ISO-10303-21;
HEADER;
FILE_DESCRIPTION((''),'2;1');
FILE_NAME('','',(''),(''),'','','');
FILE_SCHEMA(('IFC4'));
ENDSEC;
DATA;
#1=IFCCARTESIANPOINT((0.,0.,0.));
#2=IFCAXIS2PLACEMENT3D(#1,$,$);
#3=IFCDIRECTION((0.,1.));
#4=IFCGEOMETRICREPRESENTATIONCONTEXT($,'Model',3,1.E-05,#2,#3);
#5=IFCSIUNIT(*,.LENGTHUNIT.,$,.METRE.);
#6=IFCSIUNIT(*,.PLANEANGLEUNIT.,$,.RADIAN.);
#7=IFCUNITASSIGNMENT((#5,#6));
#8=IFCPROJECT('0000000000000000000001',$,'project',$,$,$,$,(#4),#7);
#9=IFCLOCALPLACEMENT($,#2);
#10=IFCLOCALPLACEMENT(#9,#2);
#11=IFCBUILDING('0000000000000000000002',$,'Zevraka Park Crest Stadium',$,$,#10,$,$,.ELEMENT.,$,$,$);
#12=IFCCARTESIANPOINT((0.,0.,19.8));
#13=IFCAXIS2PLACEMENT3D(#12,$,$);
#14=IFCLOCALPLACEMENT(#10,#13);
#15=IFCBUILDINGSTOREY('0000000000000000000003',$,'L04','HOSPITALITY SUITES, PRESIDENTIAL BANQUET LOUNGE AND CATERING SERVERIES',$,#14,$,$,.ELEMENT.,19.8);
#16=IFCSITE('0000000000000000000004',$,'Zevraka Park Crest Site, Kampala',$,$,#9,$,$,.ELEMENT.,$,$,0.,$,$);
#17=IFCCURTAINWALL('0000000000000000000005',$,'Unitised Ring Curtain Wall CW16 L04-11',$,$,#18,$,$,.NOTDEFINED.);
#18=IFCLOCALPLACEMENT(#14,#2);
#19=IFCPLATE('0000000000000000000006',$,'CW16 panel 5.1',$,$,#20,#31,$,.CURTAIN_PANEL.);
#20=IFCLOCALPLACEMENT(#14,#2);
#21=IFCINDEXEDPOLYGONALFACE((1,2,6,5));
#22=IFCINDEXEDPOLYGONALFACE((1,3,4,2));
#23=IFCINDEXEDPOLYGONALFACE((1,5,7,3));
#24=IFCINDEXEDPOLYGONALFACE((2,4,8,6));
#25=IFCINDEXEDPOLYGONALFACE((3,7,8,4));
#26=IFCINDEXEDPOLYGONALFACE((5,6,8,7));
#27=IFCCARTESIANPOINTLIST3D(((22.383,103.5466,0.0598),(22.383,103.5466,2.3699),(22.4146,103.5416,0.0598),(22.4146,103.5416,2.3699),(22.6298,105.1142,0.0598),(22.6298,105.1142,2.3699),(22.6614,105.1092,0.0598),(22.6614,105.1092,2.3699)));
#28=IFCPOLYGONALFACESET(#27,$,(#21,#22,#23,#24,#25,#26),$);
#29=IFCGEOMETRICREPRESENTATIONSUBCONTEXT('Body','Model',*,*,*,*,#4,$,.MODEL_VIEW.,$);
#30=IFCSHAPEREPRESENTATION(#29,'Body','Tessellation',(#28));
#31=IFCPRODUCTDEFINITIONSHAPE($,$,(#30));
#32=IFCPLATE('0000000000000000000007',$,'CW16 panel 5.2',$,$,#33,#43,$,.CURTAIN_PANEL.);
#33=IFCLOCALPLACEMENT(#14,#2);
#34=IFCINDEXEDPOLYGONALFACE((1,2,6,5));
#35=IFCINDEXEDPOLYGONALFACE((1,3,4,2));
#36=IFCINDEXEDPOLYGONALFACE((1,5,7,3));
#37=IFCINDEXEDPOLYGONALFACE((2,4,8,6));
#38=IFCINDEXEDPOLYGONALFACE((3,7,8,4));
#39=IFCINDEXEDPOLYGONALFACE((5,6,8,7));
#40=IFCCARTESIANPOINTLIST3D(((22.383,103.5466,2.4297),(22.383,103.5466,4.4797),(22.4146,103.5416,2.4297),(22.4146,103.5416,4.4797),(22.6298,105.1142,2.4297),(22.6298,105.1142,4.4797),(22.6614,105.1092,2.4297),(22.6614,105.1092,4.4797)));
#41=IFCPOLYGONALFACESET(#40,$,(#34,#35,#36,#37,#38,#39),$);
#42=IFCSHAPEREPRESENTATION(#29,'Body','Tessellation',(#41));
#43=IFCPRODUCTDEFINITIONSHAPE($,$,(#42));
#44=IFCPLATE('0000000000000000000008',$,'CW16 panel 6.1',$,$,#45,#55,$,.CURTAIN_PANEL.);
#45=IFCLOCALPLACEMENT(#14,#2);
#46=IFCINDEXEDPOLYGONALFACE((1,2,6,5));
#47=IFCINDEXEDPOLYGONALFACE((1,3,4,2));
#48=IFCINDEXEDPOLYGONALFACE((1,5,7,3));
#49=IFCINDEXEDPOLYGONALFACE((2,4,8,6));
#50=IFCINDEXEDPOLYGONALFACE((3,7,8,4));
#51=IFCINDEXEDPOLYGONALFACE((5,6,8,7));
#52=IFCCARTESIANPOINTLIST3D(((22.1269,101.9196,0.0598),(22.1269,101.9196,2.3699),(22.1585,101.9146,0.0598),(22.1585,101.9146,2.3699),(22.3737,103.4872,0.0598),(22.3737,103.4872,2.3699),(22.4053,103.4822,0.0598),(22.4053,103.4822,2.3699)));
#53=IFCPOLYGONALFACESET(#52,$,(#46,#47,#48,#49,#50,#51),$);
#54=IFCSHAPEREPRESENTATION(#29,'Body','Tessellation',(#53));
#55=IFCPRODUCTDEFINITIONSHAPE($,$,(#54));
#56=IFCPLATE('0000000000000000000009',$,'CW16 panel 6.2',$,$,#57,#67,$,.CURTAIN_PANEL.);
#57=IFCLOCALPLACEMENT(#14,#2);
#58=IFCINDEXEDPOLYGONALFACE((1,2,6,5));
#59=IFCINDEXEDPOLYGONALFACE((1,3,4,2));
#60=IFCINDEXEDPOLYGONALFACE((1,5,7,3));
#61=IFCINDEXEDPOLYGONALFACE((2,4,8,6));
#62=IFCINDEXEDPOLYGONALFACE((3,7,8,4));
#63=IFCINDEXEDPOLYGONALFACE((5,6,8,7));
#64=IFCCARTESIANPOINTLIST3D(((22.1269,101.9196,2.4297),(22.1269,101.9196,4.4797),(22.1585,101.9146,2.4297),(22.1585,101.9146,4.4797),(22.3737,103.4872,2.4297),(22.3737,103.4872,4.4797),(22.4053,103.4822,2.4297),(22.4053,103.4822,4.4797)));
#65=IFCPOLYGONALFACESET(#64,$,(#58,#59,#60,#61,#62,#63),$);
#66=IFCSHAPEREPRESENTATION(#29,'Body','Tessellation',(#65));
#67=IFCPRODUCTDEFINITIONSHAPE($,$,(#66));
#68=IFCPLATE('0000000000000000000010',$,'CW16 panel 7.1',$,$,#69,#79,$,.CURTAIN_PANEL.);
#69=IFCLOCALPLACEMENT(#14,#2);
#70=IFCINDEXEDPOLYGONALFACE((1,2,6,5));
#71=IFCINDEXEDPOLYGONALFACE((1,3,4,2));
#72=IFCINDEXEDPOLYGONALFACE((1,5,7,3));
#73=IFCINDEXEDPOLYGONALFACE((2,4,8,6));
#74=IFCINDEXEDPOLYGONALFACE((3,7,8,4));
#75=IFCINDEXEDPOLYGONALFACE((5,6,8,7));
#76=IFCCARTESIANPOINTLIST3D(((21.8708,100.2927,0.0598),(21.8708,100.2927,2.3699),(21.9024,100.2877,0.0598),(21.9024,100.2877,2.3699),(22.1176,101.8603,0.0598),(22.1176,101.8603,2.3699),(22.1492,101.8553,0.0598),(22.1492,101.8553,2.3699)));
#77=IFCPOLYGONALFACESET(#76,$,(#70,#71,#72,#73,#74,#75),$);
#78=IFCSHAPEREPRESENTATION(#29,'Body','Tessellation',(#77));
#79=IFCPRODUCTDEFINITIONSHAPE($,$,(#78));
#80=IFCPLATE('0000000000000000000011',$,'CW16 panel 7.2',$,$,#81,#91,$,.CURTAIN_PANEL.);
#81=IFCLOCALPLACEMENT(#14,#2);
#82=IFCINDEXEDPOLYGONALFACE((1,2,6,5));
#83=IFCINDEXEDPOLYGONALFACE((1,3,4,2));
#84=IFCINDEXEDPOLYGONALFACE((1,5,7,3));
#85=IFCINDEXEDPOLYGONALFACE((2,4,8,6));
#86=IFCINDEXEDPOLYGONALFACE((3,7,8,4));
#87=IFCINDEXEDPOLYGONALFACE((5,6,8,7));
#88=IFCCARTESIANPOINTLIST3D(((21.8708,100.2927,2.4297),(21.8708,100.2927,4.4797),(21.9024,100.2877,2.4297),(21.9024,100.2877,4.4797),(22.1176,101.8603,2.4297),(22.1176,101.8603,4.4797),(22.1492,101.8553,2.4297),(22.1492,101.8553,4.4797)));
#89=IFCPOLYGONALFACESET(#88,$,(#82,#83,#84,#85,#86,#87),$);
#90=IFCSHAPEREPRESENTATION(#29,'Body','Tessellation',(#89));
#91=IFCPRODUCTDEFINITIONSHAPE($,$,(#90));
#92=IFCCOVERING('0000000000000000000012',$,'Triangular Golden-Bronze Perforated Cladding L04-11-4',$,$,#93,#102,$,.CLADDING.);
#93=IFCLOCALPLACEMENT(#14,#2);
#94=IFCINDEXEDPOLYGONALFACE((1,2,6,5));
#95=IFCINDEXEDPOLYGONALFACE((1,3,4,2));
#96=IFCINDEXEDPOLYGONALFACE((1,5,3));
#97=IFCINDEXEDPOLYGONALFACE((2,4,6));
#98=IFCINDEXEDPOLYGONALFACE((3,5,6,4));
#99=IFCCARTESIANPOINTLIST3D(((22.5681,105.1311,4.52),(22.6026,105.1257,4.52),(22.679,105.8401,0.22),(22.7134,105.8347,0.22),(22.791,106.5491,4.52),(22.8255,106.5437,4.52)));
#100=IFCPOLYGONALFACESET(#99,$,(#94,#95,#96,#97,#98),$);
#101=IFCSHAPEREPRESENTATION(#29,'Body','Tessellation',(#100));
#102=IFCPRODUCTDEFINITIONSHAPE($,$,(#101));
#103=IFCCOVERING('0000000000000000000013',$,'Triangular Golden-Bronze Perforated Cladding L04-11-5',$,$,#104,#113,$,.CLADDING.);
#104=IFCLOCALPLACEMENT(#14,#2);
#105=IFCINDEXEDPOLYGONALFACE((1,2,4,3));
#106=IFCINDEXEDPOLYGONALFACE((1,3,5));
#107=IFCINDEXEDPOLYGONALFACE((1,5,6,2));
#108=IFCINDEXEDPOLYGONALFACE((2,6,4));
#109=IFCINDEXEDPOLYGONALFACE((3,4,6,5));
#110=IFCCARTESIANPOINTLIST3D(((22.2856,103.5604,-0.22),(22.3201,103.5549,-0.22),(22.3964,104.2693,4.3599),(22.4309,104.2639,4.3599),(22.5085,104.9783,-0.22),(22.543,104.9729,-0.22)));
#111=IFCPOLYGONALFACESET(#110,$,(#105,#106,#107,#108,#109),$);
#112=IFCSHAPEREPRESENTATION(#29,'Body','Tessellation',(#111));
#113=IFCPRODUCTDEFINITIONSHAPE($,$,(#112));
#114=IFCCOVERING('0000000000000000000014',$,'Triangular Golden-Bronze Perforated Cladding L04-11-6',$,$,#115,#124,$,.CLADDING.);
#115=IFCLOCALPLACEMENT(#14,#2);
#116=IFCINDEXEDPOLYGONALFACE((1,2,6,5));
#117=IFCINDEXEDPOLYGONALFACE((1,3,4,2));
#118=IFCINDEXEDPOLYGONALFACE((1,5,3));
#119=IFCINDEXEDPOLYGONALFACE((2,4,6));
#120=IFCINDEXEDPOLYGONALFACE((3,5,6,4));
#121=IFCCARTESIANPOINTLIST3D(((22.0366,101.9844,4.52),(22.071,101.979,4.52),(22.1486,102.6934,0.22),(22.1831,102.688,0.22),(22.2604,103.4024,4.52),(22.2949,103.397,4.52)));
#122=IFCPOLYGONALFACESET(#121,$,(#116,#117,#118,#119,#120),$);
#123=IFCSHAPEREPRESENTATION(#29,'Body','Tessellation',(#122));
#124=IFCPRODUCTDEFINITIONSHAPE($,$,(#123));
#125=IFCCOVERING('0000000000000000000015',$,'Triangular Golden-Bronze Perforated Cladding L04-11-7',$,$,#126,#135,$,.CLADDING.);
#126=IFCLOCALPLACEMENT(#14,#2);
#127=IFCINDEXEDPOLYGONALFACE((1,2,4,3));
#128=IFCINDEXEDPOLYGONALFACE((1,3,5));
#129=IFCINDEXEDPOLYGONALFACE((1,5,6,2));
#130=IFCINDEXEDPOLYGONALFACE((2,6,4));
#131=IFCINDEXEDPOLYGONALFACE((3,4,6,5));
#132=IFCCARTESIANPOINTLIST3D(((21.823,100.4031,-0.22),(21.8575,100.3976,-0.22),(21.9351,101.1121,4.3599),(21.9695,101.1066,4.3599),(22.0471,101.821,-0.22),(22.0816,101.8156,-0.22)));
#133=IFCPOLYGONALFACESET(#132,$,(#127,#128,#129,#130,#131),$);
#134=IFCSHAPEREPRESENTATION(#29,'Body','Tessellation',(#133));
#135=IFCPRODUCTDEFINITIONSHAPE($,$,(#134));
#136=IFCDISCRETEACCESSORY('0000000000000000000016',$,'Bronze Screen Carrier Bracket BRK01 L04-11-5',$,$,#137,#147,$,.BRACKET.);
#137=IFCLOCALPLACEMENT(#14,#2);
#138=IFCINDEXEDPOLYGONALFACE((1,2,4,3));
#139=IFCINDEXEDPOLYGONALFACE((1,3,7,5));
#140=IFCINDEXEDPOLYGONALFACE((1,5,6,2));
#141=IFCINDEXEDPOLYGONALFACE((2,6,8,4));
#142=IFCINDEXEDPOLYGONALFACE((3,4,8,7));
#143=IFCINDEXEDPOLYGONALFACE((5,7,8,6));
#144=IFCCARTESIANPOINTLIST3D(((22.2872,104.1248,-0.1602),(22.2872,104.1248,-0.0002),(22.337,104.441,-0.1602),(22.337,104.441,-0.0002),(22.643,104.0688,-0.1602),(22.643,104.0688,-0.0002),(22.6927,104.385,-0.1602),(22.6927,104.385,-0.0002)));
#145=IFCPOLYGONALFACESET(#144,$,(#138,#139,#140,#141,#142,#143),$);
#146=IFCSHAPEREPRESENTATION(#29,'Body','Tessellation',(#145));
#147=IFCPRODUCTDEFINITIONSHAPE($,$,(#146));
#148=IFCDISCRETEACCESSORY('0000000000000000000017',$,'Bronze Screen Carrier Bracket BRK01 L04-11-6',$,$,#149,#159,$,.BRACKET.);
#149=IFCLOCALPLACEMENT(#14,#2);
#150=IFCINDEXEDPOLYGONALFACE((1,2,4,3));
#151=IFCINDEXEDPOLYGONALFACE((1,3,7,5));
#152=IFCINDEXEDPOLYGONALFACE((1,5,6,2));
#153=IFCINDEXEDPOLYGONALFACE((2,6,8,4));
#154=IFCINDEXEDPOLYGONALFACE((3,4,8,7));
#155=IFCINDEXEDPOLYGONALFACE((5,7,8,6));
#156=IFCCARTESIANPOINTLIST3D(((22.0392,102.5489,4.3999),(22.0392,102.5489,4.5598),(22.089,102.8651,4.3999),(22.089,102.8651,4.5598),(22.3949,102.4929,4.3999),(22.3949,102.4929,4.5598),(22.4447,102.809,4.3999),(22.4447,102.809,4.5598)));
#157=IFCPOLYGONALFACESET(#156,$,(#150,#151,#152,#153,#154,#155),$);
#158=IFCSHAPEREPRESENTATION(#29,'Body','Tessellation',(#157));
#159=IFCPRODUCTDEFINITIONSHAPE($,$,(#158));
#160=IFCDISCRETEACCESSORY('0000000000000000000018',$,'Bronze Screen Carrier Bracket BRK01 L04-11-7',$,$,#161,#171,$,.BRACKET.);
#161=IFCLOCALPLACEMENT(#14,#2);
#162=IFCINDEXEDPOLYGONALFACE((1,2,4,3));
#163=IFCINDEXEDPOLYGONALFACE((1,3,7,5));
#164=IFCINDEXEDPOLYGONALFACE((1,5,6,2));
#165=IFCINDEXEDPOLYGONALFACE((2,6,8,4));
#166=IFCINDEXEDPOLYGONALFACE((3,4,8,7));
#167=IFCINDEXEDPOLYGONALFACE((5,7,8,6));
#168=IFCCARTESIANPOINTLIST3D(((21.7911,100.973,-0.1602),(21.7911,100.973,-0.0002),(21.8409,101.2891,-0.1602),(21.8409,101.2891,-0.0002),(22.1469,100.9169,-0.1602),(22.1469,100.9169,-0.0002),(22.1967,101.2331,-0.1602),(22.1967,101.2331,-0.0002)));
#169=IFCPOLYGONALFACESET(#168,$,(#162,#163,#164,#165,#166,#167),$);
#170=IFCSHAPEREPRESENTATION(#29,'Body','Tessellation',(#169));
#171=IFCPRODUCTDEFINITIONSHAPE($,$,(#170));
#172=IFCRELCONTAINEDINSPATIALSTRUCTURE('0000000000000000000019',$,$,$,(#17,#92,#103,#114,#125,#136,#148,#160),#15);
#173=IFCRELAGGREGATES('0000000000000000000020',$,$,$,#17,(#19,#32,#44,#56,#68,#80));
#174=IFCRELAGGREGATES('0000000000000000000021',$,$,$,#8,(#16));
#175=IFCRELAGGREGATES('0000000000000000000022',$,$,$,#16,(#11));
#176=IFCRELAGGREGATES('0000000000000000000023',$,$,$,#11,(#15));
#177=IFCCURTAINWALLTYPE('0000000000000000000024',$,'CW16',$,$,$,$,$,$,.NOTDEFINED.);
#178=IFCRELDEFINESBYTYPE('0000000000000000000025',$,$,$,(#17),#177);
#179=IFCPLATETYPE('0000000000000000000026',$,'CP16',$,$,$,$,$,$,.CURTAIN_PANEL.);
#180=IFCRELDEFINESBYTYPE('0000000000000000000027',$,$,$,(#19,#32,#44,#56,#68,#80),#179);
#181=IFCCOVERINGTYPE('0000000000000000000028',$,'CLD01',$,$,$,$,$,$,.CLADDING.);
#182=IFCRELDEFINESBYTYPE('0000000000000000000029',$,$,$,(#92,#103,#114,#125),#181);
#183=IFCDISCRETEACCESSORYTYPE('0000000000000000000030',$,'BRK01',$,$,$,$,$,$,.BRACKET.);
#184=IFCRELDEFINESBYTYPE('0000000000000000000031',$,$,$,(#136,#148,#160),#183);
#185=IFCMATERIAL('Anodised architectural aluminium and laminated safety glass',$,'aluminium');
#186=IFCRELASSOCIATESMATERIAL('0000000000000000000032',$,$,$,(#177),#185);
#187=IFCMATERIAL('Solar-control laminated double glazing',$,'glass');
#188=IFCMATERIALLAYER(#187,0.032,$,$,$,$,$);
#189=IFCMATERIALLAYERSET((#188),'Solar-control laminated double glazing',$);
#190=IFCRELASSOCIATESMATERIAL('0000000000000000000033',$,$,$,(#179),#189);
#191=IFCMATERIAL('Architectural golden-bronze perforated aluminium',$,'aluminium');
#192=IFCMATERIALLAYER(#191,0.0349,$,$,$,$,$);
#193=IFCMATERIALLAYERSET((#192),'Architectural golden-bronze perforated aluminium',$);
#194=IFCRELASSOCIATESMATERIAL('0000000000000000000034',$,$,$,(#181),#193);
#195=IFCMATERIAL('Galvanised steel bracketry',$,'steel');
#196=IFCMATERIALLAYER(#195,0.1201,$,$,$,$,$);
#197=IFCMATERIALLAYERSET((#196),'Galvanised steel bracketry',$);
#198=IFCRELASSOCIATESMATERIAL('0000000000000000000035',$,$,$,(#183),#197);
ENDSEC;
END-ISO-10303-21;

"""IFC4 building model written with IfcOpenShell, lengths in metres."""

from ifc_helpers import new_model, si_unit, direction, frame, origin, origin_2d, place, context, subcontext, project, spatial, polyline, rectangle, outline, extrude, material, layer, layer_set, type_object, element, aggregate, save


model = new_model("IFC4")

# Units and contexts
model_context = context("Model", 3, precision=1e-05, world=origin(), true_north=direction((0.0, 1.0)))
body_context = subcontext(model_context, "Body", "Model", "MODEL_VIEW")
ifc_project = project(units=[si_unit("LENGTHUNIT", "METRE"), si_unit("PLANEANGLEUNIT", "RADIAN")], contexts=[model_context])

# Site, building, storey
site_placement = place(None, origin())
site = spatial("IfcSite", under=ifc_project, at=site_placement, Name="Zevraka Park Crest Site, Kampala", CompositionType="ELEMENT", RefElevation=0.0)
building_placement = place(site_placement, origin())
building = spatial("IfcBuilding", under=site, at=building_placement, Name="Zevraka Park Crest Stadium", CompositionType="ELEMENT")
storey_placement = place(building_placement, frame((0.0, 0.0, 19.8)))
storey = spatial("IfcBuildingStorey", under=building, at=storey_placement, Name="L04", Description="HOSPITALITY SUITES, PRESIDENTIAL BANQUET LOUNGE AND CATERING SERVERIES", CompositionType="ELEMENT", Elevation=19.8)

# Curtain wall, plates
ifc_material_1 = material(Name="Anodised architectural aluminium and laminated safety glass", Category="aluminium")
curtain_wall_type = type_object("IfcCurtainWallType", Name="CW16", PredefinedType="NOTDEFINED", material=ifc_material_1)
curtain_wall_placement = place(storey_placement, origin())
curtain_wall = element("IfcCurtainWall", 1, at=curtain_wall_placement, inside=storey, type_object=curtain_wall_type, Name="Unitised Ring Curtain Wall CW16 L04-11", PredefinedType="NOTDEFINED")
ifc_material_2 = material(Name="Solar-control laminated double glazing", Category="glass")
ifc_layer_1 = layer(ifc_material_2, 0.032)
ifc_layer_set_1 = layer_set([ifc_layer_1], Name="Solar-control laminated double glazing")
plate_type = type_object("IfcPlateType", Name="CP16", PredefinedType="CURTAIN_PANEL", material=ifc_layer_set_1)
plate_1_placement = place(storey_placement, frame((22.5222, 104.3279, 0.0598), z_axis=(0.0, 0.0, 1.0), x_axis=(-0.155539, -0.98783, 0.0)))
plate_1 = element("IfcPlate", 2, at=plate_1_placement, type_object=plate_type, Name="CW16 panel 5.1", PredefinedType="CURTAIN_PANEL", context=body_context, shape_type="SweptSolid", body=[
    extrude(rectangle(XDim=1.5869, YDim=0.032, at=origin_2d()), origin(), (0.0, 0.0, 1.0), 2.3101),
])
plate_2_placement = place(storey_placement, frame((22.5222, 104.3279, 2.4297), z_axis=(0.0, 0.0, 1.0), x_axis=(-0.155539, -0.98783, 0.0)))
plate_2 = element("IfcPlate", 3, at=plate_2_placement, type_object=plate_type, Name="CW16 panel 5.2", PredefinedType="CURTAIN_PANEL", context=body_context, shape_type="SweptSolid", body=[
    extrude(rectangle(XDim=1.5869, YDim=0.032, at=origin_2d()), origin(), (0.0, 0.0, 1.0), 2.05),
])
plate_3_placement = place(storey_placement, frame((22.2661, 102.7009, 0.0598), z_axis=(0.0, 0.0, 1.0), x_axis=(-0.155539, -0.98783, 0.0)))
plate_3 = element("IfcPlate", 4, at=plate_3_placement, type_object=plate_type, Name="CW16 panel 6.1", PredefinedType="CURTAIN_PANEL", context=body_context, shape_type="SweptSolid", body=[
    extrude(rectangle(XDim=1.5869, YDim=0.032, at=origin_2d()), origin(), (0.0, 0.0, 1.0), 2.3101),
])
plate_4_placement = place(storey_placement, frame((22.2661, 102.7009, 2.4297), z_axis=(0.0, 0.0, 1.0), x_axis=(-0.155539, -0.98783, 0.0)))
plate_4 = element("IfcPlate", 5, at=plate_4_placement, type_object=plate_type, Name="CW16 panel 6.2", PredefinedType="CURTAIN_PANEL", context=body_context, shape_type="SweptSolid", body=[
    extrude(rectangle(XDim=1.5869, YDim=0.032, at=origin_2d()), origin(), (0.0, 0.0, 1.0), 2.05),
])
plate_5_placement = place(storey_placement, frame((22.01, 101.074, 0.0598), z_axis=(0.0, 0.0, 1.0), x_axis=(-0.155539, -0.98783, 0.0)))
plate_5 = element("IfcPlate", 6, at=plate_5_placement, type_object=plate_type, Name="CW16 panel 7.1", PredefinedType="CURTAIN_PANEL", context=body_context, shape_type="SweptSolid", body=[
    extrude(rectangle(XDim=1.5869, YDim=0.032, at=origin_2d()), origin(), (0.0, 0.0, 1.0), 2.3101),
])
plate_6_placement = place(storey_placement, frame((22.01, 101.074, 2.4297), z_axis=(0.0, 0.0, 1.0), x_axis=(-0.155539, -0.98783, 0.0)))
plate_6 = element("IfcPlate", 7, at=plate_6_placement, type_object=plate_type, Name="CW16 panel 7.2", PredefinedType="CURTAIN_PANEL", context=body_context, shape_type="SweptSolid", body=[
    extrude(rectangle(XDim=1.5869, YDim=0.032, at=origin_2d()), origin(), (0.0, 0.0, 1.0), 2.05),
])
aggregate(curtain_wall, [plate_1, plate_2, plate_3, plate_4, plate_5, plate_6])

# Coverings
ifc_material_3 = material(Name="Architectural golden-bronze perforated aluminium", Category="aluminium")
ifc_layer_2 = layer(ifc_material_3, 0.0349)
ifc_layer_set_2 = layer_set([ifc_layer_2], Name="Architectural golden-bronze perforated aluminium")
covering_type = type_object("IfcCoveringType", Name="CLD01", PredefinedType="CLADDING", material=ifc_layer_set_2)
covering_1_placement = place(storey_placement, frame((22.5681, 105.1311, 4.52), z_axis=(-0.987869, 0.15529, 0.00014), x_axis=(0.15529, 0.987869, 0.0)))
element("IfcCovering", 8, at=covering_1_placement, inside=storey, type_object=covering_type, Name="Triangular Golden-Bronze Perforated Cladding L04-11-4", PredefinedType="CLADDING", context=body_context, shape_type="SweptSolid", body=[
    extrude(outline(polyline([(0.0, 0.0), (1.4354, 0.0), (0.7176, 4.3), (0.0, 0.0)])), origin(), (0.0, 0.0, -1.0), 0.0349),
])
covering_2_placement = place(storey_placement, frame((22.543, 104.9729, -0.22), z_axis=(0.987869, -0.15529, 0.000132), x_axis=(-0.15529, -0.987869, 0.0)))
element("IfcCovering", 9, at=covering_2_placement, inside=storey, type_object=covering_type, Name="Triangular Golden-Bronze Perforated Cladding L04-11-5", PredefinedType="CLADDING", context=body_context, shape_type="SweptSolid", body=[
    extrude(outline(polyline([(0.0, 0.0), (1.4354, 0.0), (0.7178, -4.5798), (0.0, 0.0)])), origin(), (0.0, 0.0, -1.0), 0.0349),
])
covering_3_placement = place(storey_placement, frame((22.071, 101.979, 4.52), z_axis=(0.987764, -0.155954, 0.000028), x_axis=(0.155954, 0.987764, 0.0)))
element("IfcCovering", 10, at=covering_3_placement, inside=storey, type_object=covering_type, Name="Triangular Golden-Bronze Perforated Cladding L04-11-6", PredefinedType="CLADDING", context=body_context, shape_type="SweptSolid", body=[
    extrude(outline(polyline([(0.0, 0.0), (1.4355, 0.0), (0.7178, -4.3), (0.0, 0.0)])), origin(), (0.0, 0.0, -1.0), 0.0349),
])
covering_4_placement = place(storey_placement, frame((22.0471, 101.821, -0.22), z_axis=(-0.987738, 0.15612, 0.0), x_axis=(-0.15612, -0.987738, 0.0)))
element("IfcCovering", 11, at=covering_4_placement, inside=storey, type_object=covering_type, Name="Triangular Golden-Bronze Perforated Cladding L04-11-7", PredefinedType="CLADDING", context=body_context, shape_type="SweptSolid", body=[
    extrude(outline(polyline([(0.0, 0.0), (1.4356, 0.0), (0.7178, 4.5798), (0.0, 0.0)])), origin(), (0.0, 0.0, -1.0), 0.0349),
])

# Discrete accessories
ifc_material_4 = material(Name="Galvanised steel bracketry", Category="steel")
ifc_layer_3 = layer(ifc_material_4, 0.1201)
ifc_layer_set_3 = layer_set([ifc_layer_3], Name="Galvanised steel bracketry")
discrete_accessory_type = type_object("IfcDiscreteAccessoryType", Name="BRK01", PredefinedType="BRACKET", material=ifc_layer_set_3)
for number, where, z_axis, x_axis, name in (
    (12, (22.49, 104.2549, -0.1602), (0.0, 0.0, 1.0), (-0.155572, -0.987824, 0.0), "Bronze Screen Carrier Bracket BRK01 L04-11-5"),
    (13, (22.2419, 102.679, 4.3999), (0.0, 0.0, 1.0), (-0.155572, -0.987824, 0.0), "Bronze Screen Carrier Bracket BRK01 L04-11-6"),
    (14, (21.9939, 101.103, -0.1602), (0.0, 0.0, 1.0), (-0.155572, -0.987824, 0.0), "Bronze Screen Carrier Bracket BRK01 L04-11-7"),
):
    element("IfcDiscreteAccessory", number, at=place(storey_placement, frame(where, z_axis=z_axis, x_axis=x_axis)), inside=storey, type_object=discrete_accessory_type, Name=name, PredefinedType="BRACKET", context=body_context, shape_type="SweptSolid", body=[
        extrude(rectangle(XDim=0.3201, YDim=0.3601, at=origin_2d()), origin(), (0.0, 0.0, 1.0), 0.1599),
    ])

save(model, "model.ifc")
